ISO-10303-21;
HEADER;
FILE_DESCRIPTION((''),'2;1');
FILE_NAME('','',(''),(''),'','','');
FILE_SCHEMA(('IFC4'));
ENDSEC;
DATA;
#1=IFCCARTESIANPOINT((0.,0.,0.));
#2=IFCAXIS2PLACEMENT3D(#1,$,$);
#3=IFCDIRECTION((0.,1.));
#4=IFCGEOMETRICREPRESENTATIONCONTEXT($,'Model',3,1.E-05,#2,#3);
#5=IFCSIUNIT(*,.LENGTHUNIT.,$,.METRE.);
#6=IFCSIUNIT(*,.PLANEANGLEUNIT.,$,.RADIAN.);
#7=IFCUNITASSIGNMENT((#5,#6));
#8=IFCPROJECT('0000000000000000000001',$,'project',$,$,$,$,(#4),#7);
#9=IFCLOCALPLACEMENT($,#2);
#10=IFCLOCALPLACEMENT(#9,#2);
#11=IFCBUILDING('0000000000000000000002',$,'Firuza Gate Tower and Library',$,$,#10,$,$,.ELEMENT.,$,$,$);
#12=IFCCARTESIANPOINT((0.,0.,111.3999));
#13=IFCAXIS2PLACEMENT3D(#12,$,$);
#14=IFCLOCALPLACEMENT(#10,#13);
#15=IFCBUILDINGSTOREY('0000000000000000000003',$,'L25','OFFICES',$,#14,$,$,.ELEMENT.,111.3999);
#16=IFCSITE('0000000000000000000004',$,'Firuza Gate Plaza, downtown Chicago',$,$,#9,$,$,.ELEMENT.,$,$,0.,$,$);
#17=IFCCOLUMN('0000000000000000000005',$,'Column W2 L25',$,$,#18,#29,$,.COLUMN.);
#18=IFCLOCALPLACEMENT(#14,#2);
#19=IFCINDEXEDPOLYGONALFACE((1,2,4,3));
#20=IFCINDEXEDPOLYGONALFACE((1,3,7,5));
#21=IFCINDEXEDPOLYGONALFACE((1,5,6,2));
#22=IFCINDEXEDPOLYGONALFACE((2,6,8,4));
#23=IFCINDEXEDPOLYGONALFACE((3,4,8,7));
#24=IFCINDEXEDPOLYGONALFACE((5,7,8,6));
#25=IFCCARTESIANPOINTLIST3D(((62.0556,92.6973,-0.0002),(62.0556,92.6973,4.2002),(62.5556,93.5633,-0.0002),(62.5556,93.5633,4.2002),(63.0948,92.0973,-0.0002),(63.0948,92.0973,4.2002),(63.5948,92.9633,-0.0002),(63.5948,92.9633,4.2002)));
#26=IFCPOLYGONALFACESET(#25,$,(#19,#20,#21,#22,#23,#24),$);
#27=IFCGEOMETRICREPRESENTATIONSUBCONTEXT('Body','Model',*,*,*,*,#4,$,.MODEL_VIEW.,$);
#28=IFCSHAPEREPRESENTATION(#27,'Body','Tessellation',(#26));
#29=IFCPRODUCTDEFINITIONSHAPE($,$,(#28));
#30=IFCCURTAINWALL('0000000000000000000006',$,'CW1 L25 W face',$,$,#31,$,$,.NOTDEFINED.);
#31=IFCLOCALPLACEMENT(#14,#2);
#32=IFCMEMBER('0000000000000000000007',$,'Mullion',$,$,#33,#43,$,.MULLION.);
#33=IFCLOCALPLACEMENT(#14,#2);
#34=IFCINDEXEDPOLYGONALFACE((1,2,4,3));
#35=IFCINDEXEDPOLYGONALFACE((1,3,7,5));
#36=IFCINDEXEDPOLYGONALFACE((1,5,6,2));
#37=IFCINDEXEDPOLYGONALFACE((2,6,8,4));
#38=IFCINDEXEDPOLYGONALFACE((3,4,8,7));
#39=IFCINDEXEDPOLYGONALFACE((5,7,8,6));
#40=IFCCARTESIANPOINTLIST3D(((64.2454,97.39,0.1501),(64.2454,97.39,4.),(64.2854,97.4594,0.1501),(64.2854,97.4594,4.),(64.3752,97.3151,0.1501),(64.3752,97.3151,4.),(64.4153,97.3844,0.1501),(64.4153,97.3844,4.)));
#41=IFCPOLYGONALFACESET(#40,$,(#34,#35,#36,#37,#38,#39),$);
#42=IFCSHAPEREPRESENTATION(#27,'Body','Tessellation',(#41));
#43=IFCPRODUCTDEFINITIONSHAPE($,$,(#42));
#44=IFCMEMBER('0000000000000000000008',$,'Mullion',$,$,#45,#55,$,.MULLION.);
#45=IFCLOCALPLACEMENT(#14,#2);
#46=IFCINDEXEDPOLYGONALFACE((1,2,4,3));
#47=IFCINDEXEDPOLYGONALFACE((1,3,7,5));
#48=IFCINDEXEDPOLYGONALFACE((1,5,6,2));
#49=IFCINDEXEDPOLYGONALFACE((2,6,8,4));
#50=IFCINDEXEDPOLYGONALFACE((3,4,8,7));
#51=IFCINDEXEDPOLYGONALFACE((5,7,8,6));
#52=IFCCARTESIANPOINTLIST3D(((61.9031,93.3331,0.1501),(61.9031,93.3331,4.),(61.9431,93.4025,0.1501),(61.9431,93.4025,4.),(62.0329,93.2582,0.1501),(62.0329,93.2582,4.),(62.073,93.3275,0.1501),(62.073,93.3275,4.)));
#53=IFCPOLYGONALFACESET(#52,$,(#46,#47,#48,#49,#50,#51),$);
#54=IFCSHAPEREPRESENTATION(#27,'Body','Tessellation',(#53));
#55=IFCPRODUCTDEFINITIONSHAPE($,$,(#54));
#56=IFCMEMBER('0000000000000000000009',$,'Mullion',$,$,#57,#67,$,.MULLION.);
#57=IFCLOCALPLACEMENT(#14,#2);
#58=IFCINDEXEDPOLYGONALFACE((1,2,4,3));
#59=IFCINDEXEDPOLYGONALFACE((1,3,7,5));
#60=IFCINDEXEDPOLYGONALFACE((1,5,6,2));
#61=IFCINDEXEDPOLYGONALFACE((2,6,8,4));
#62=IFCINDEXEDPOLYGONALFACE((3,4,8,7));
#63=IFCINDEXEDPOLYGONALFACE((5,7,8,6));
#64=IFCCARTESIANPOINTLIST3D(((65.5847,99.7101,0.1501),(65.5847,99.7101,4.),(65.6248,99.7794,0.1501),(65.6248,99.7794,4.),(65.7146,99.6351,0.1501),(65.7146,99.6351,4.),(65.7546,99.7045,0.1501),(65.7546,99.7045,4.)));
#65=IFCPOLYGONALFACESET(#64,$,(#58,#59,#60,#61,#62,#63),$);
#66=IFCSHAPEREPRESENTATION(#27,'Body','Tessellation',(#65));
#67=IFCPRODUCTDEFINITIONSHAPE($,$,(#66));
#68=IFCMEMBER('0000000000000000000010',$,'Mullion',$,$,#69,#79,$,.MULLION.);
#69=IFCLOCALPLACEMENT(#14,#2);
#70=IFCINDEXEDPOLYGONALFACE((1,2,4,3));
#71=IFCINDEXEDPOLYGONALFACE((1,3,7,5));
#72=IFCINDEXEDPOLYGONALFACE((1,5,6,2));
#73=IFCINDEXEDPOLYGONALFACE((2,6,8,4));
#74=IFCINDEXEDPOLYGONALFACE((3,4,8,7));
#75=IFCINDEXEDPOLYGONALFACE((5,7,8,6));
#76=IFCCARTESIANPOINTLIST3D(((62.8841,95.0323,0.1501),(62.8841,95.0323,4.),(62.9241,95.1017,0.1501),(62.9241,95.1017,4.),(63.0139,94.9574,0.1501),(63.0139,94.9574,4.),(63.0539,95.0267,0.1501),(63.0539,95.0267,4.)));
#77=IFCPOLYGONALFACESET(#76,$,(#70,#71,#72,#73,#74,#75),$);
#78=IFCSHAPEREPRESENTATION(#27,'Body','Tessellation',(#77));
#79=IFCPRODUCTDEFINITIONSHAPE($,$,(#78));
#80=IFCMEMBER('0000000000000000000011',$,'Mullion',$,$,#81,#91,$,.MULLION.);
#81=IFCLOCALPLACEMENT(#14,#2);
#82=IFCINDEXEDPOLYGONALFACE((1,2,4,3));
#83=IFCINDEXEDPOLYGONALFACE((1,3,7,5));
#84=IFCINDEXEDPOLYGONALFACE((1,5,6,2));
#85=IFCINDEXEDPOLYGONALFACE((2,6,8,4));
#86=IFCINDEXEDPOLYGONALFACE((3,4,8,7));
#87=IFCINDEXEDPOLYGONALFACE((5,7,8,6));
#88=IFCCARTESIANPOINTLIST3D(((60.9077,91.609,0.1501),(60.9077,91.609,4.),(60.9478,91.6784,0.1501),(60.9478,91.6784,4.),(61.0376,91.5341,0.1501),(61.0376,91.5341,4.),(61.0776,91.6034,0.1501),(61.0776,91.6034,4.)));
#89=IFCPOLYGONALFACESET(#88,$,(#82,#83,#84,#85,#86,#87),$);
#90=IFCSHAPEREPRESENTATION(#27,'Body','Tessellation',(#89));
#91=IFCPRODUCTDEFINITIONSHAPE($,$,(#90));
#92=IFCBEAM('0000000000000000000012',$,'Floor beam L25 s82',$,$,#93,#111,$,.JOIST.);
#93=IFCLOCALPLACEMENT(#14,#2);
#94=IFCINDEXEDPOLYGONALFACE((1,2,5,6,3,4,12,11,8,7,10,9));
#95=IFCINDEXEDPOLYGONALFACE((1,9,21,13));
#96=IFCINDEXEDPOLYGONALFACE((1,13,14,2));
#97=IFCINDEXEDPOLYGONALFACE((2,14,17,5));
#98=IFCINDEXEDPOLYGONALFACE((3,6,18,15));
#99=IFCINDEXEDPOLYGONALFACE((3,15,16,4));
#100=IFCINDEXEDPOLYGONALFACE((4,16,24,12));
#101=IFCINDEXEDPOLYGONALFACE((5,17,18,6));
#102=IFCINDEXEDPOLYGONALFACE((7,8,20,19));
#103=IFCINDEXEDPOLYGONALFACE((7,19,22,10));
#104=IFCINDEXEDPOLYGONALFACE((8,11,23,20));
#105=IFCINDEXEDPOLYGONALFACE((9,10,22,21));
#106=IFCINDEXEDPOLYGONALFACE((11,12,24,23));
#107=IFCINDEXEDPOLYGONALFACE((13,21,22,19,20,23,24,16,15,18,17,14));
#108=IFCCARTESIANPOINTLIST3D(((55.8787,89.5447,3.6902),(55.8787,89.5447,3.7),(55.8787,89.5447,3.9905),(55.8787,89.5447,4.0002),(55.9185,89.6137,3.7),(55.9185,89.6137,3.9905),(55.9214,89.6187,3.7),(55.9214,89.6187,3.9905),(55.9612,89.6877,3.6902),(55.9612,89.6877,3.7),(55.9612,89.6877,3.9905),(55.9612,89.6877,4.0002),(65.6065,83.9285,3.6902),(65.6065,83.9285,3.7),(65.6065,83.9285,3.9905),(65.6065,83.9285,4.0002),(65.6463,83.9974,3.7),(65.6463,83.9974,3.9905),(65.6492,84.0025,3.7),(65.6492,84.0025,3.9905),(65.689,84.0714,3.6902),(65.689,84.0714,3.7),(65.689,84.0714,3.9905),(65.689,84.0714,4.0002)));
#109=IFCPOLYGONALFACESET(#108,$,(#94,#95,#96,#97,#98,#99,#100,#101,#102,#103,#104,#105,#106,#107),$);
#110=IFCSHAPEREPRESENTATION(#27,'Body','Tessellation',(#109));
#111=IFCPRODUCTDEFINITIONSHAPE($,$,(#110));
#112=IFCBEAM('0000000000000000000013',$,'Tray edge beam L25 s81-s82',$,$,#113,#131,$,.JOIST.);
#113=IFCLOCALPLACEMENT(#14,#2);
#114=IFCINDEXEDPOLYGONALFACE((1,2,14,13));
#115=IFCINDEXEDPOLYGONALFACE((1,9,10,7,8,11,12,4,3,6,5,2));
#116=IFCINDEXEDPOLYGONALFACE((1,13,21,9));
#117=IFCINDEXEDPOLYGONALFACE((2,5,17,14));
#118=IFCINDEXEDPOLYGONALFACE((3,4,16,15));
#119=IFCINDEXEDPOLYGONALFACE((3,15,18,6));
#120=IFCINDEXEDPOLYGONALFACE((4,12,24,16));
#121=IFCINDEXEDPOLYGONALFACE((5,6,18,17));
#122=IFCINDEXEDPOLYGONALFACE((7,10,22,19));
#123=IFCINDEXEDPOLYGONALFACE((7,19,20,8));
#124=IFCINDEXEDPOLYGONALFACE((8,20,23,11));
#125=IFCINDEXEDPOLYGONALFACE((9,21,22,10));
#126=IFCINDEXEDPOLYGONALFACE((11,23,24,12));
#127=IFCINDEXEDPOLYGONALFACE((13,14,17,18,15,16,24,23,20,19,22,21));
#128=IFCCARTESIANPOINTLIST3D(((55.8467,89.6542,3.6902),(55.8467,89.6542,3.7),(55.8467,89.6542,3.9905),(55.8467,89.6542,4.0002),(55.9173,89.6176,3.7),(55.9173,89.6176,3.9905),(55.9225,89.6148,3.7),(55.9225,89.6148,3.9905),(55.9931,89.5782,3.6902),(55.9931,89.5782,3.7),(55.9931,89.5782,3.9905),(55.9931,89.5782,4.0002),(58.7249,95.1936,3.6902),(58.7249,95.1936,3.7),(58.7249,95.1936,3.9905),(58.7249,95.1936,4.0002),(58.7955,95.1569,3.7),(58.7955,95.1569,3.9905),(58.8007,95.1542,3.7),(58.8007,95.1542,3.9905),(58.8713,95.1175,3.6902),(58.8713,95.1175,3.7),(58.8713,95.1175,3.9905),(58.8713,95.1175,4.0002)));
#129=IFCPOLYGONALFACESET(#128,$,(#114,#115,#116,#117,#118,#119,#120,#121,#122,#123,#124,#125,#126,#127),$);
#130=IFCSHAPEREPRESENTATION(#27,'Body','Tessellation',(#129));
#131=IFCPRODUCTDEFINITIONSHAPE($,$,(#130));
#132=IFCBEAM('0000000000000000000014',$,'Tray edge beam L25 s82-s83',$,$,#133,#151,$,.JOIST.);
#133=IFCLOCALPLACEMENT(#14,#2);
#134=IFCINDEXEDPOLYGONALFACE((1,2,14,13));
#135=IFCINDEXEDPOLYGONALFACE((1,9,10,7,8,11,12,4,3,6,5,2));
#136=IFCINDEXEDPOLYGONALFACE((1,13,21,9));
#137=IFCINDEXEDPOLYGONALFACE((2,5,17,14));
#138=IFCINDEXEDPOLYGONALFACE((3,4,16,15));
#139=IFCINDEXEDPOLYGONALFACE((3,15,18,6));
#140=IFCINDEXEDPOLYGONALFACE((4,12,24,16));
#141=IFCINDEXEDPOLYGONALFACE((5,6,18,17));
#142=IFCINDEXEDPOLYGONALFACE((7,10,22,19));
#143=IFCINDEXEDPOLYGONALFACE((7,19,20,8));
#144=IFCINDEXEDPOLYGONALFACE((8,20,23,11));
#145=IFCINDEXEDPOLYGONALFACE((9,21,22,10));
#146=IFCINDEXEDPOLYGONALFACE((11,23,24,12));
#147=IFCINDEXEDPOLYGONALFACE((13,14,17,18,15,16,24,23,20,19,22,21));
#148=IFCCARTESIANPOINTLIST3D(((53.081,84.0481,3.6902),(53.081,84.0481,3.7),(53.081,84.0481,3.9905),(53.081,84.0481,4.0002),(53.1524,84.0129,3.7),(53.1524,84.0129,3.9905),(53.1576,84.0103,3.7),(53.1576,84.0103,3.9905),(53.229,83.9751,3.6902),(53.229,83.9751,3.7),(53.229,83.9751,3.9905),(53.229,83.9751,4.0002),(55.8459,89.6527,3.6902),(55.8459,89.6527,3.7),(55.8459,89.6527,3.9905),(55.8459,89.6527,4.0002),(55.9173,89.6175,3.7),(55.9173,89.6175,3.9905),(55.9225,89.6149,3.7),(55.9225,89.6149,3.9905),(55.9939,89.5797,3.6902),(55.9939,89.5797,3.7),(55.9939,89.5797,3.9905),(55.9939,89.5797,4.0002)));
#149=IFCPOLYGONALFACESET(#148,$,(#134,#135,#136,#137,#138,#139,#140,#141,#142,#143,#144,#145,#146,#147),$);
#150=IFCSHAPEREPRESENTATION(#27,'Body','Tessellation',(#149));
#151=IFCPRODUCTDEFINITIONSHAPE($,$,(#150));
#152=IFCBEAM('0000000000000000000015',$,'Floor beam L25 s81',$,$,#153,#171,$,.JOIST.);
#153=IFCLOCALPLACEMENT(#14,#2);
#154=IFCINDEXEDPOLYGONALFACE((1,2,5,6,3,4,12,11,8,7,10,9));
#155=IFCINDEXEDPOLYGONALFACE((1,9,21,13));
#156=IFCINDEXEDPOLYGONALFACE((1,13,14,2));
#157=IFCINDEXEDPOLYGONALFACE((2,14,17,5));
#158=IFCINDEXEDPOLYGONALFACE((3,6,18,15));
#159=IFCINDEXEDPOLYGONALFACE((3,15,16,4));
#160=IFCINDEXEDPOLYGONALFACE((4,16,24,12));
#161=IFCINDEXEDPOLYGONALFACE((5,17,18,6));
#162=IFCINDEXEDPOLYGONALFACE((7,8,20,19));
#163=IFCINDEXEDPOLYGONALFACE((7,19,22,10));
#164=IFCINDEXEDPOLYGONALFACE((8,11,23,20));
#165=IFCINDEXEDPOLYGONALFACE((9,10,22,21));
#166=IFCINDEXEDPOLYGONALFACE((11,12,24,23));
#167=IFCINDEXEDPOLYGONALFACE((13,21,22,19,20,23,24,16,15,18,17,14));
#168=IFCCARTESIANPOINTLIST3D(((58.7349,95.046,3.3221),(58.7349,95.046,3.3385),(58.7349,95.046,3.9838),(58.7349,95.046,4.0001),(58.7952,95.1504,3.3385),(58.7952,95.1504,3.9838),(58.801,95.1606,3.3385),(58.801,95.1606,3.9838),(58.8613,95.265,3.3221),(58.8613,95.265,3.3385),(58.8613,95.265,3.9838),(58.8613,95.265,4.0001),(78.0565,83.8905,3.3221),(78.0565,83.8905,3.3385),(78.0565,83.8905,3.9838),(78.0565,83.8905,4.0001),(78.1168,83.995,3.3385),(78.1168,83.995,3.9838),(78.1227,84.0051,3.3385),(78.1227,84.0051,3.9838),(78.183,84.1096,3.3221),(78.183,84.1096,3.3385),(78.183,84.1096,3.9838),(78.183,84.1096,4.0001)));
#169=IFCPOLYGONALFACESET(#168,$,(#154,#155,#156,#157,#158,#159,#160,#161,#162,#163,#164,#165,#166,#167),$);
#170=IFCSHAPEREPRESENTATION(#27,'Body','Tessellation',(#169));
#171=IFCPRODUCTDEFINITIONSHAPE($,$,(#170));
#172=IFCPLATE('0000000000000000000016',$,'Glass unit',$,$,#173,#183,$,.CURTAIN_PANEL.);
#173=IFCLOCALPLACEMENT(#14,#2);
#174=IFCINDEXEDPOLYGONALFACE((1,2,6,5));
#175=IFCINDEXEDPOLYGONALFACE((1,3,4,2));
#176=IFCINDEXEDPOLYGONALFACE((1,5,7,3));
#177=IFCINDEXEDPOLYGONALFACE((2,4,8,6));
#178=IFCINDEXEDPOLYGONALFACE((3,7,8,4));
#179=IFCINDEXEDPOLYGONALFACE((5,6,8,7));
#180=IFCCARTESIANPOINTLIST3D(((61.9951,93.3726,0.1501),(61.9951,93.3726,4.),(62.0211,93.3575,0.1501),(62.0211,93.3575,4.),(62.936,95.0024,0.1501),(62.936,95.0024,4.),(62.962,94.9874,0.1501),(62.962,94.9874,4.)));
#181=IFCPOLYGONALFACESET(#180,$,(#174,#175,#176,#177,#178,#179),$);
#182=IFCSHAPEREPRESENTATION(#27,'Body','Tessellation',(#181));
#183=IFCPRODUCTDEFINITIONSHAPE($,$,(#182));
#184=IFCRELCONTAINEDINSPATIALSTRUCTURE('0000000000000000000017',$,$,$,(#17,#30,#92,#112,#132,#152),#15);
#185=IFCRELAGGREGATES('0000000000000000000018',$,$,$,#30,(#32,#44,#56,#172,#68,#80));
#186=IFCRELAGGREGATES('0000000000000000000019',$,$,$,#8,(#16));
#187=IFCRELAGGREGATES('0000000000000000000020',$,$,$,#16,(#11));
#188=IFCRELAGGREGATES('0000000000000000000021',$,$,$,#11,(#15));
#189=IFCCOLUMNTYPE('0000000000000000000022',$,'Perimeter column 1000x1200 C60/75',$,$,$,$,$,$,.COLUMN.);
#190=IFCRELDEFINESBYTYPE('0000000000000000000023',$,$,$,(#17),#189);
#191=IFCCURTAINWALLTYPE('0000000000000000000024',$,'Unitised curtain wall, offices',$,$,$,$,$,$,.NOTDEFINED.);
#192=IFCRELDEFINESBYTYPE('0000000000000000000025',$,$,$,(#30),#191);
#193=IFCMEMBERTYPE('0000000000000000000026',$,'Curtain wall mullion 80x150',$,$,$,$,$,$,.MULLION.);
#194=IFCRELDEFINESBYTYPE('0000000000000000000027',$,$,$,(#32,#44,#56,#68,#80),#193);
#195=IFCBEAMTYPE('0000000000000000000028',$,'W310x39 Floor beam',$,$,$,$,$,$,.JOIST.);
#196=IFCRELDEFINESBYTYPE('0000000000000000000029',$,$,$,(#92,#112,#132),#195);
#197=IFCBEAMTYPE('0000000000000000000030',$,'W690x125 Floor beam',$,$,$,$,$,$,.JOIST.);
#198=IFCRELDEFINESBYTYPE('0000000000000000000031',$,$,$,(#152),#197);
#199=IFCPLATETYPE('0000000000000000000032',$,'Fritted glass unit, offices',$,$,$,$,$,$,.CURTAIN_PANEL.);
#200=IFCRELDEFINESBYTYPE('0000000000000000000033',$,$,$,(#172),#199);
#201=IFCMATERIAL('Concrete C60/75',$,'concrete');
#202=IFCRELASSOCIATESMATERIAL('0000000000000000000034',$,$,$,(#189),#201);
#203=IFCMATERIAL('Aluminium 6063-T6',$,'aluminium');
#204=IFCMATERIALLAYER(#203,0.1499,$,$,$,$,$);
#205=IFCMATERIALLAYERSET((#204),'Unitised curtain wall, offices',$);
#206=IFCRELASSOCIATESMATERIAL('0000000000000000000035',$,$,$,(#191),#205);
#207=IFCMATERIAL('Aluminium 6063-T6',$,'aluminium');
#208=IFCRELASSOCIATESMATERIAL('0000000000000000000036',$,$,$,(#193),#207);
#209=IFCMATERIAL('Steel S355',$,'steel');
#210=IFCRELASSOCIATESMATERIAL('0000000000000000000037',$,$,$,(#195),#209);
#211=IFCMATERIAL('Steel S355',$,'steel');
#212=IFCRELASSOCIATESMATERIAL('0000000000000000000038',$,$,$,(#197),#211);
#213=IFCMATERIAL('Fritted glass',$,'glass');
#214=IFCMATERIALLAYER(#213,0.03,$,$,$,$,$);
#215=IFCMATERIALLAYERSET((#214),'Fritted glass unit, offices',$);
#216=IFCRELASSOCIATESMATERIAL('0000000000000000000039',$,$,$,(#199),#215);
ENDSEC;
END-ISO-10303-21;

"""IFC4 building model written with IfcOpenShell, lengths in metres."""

from ifc_helpers import new_model, si_unit, direction, frame, origin, origin_2d, place, context, subcontext, project, spatial, polyline, rectangle, i_section, outline, extrude, material, layer, layer_set, material_profile, profile_set, type_object, element, aggregate, save


model = new_model("IFC4")

# Units and contexts
model_context = context("Model", 3, precision=1e-05, world=origin(), true_north=direction((0.0, 1.0)))
body_context = subcontext(model_context, "Body", "Model", "MODEL_VIEW")
ifc_project = project(units=[si_unit("LENGTHUNIT", "METRE"), si_unit("PLANEANGLEUNIT", "RADIAN")], contexts=[model_context])

# Site, building, storey
site_placement = place(None, origin())
site = spatial("IfcSite", under=ifc_project, at=site_placement, Name="Firuza Gate Plaza, downtown Chicago", CompositionType="ELEMENT", RefElevation=0.0)
building_placement = place(site_placement, origin())
building = spatial("IfcBuilding", under=site, at=building_placement, Name="Firuza Gate Tower and Library", CompositionType="ELEMENT")
storey_placement = place(building_placement, frame((0.0, 0.0, 111.3999)))
storey = spatial("IfcBuildingStorey", under=building, at=storey_placement, Name="L25", Description="OFFICES", CompositionType="ELEMENT", Elevation=111.3999)

# Column
ifc_material_1 = material(Name="Concrete C60/75", Category="concrete")
ifc_material_profile_1 = material_profile(ifc_material_1, rectangle(XDim=1.0, YDim=1.2, at=origin_2d()))
ifc_profile_set_1 = profile_set([ifc_material_profile_1], Name="Concrete C60/75")
column_type = type_object("IfcColumnType", Name="Perimeter column 1000x1200 C60/75", PredefinedType="COLUMN", material=ifc_profile_set_1)
column_placement = place(storey_placement, frame((62.8252, 92.8303, -0.0002), z_axis=(0.0, 0.0, 1.0), x_axis=(-0.5, -0.866025, 0.0)))
element("IfcColumn", 1, at=column_placement, inside=storey, type_object=column_type, Name="Column W2 L25", PredefinedType="COLUMN", context=body_context, shape_type="SweptSolid", body=[
    extrude(rectangle(XDim=1.0, YDim=1.2, at=origin_2d()), origin(), (0.0, 0.0, 1.0), 4.2004),
])

# Curtain wall, members
ifc_material_2 = material(Name="Aluminium 6063-T6", Category="aluminium")
ifc_layer_1 = layer(ifc_material_2, 0.1499)
ifc_layer_set_1 = layer_set([ifc_layer_1], Name="Unitised curtain wall, offices")
curtain_wall_type = type_object("IfcCurtainWallType", Name="Unitised curtain wall, offices", PredefinedType="NOTDEFINED", material=ifc_layer_set_1)
placement = place(storey_placement, origin())
curtain_wall = element("IfcCurtainWall", 2, at=placement, inside=storey, type_object=curtain_wall_type, Name="CW1 L25 W face", PredefinedType="NOTDEFINED")
ifc_material_3 = material(Name="Aluminium 6063-T6", Category="aluminium")
ifc_material_profile_2 = material_profile(ifc_material_3, rectangle(XDim=0.1499, YDim=0.0801, at=origin_2d()))
ifc_profile_set_2 = profile_set([ifc_material_profile_2], Name="Aluminium 6063-T6")
member_type = type_object("IfcMemberType", Name="Curtain wall mullion 80x150", PredefinedType="MULLION", material=ifc_profile_set_2)
member_1_placement = place(storey_placement, frame((64.3303, 97.3872, 0.1501), z_axis=(0.0, 0.0, 1.0), x_axis=(0.866025, -0.5, 0.0)))
member_1 = element("IfcMember", 3, at=member_1_placement, type_object=member_type, Name="Mullion", PredefinedType="MULLION", context=body_context, shape_type="SweptSolid", body=[
    extrude(rectangle(XDim=0.1499, YDim=0.0801, at=origin_2d()), origin(), (0.0, 0.0, 1.0), 3.8499),
])
member_2_placement = place(storey_placement, frame((61.988, 93.3303, 0.1501), z_axis=(0.0, 0.0, 1.0), x_axis=(0.866025, -0.5, 0.0)))
member_2 = element("IfcMember", 4, at=member_2_placement, type_object=member_type, Name="Mullion", PredefinedType="MULLION", context=body_context, shape_type="SweptSolid", body=[
    extrude(rectangle(XDim=0.1499, YDim=0.0801, at=origin_2d()), origin(), (0.0, 0.0, 1.0), 3.8499),
])
member_3_placement = place(storey_placement, frame((65.6697, 99.7073, 0.1501), z_axis=(0.0, 0.0, 1.0), x_axis=(0.866025, -0.5, 0.0)))
member_3 = element("IfcMember", 5, at=member_3_placement, type_object=member_type, Name="Mullion", PredefinedType="MULLION", context=body_context, shape_type="SweptSolid", body=[
    extrude(rectangle(XDim=0.1499, YDim=0.0801, at=origin_2d()), origin(), (0.0, 0.0, 1.0), 3.8499),
])
member_4_placement = place(storey_placement, frame((62.969, 95.0295, 0.1501), z_axis=(0.0, 0.0, 1.0), x_axis=(0.866025, -0.5, 0.0)))
member_4 = element("IfcMember", 6, at=member_4_placement, type_object=member_type, Name="Mullion", PredefinedType="MULLION", context=body_context, shape_type="SweptSolid", body=[
    extrude(rectangle(XDim=0.1499, YDim=0.0801, at=origin_2d()), origin(), (0.0, 0.0, 1.0), 3.8499),
])
member_5_placement = place(storey_placement, frame((60.9927, 91.6062, 0.1501), z_axis=(0.0, 0.0, 1.0), x_axis=(0.866025, -0.5, 0.0)))
member_5 = element("IfcMember", 7, at=member_5_placement, type_object=member_type, Name="Mullion", PredefinedType="MULLION", context=body_context, shape_type="SweptSolid", body=[
    extrude(rectangle(XDim=0.1499, YDim=0.0801, at=origin_2d()), origin(), (0.0, 0.0, 1.0), 3.8499),
])

# Beams
ifc_material_4 = material(Name="Steel S355", Category="steel")
ifc_material_profile_3 = material_profile(ifc_material_4, i_section(OverallWidth=0.165, OverallDepth=0.3101, WebThickness=0.0059, FlangeThickness=0.0098, at=origin_2d()))
ifc_profile_set_3 = profile_set([ifc_material_profile_3], Name="Steel S355")
beam_type_1 = type_object("IfcBeamType", Name="W310x39 Floor beam", PredefinedType="JOIST", material=ifc_profile_set_3)
beam_1_placement = place(storey_placement, frame((55.9199, 89.6162, 3.8452), z_axis=(0.86603, -0.499991, 0.0), x_axis=(0.499991, 0.86603, 0.0)))
element("IfcBeam", 8, at=beam_1_placement, inside=storey, type_object=beam_type_1, Name="Floor beam L25 s82", PredefinedType="JOIST", context=body_context, shape_type="SweptSolid", body=[
    extrude(i_section(OverallWidth=0.165, OverallDepth=0.3101, WebThickness=0.0059, FlangeThickness=0.0098, at=origin_2d()), origin(), (0.0, 0.0, 1.0), 11.2327),
])
beam_2_placement = place(storey_placement, frame((58.7981, 95.1555, 3.8452), z_axis=(-0.461067, -0.887365, 0.0), x_axis=(0.887365, -0.461067, 0.0)))
element("IfcBeam", 9, at=beam_2_placement, inside=storey, type_object=beam_type_1, Name="Tray edge beam L25 s81-s82", PredefinedType="JOIST", context=body_context, shape_type="SweptSolid", body=[
    extrude(i_section(OverallWidth=0.165, OverallDepth=0.3101, WebThickness=0.0059, FlangeThickness=0.0098, at=origin_2d()), origin(), (0.0, 0.0, 1.0), 6.2424),
])
beam_3_placement = place(storey_placement, frame((55.9199, 89.6162, 3.8452), z_axis=(-0.442425, -0.896805, 0.0), x_axis=(0.896805, -0.442425, 0.0)))
element("IfcBeam", 10, at=beam_3_placement, inside=storey, type_object=beam_type_1, Name="Tray edge beam L25 s82-s83", PredefinedType="JOIST", context=body_context, shape_type="SweptSolid", body=[
    extrude(i_section(OverallWidth=0.165, OverallDepth=0.3101, WebThickness=0.0059, FlangeThickness=0.0098, at=origin_2d()), origin(), (0.0, 0.0, 1.0), 6.2495),
])
ifc_material_5 = material(Name="Steel S355", Category="steel")
ifc_material_profile_4 = material_profile(ifc_material_5, i_section(OverallWidth=0.2529, OverallDepth=0.678, WebThickness=0.0117, FlangeThickness=0.0164, at=origin_2d()))
ifc_profile_set_4 = profile_set([ifc_material_profile_4], Name="Steel S355")
beam_type_2 = type_object("IfcBeamType", Name="W690x125 Floor beam", PredefinedType="JOIST", material=ifc_profile_set_4)
beam_4_placement = place(storey_placement, frame((58.7981, 95.1555, 3.6611), z_axis=(0.866024, -0.500003, 0.0), x_axis=(0.500003, 0.866024, 0.0)))
element("IfcBeam", 11, at=beam_4_placement, inside=storey, type_object=beam_type_2, Name="Floor beam L25 s81", PredefinedType="JOIST", context=body_context, shape_type="SweptSolid", body=[
    extrude(i_section(OverallWidth=0.2529, OverallDepth=0.678, WebThickness=0.0117, FlangeThickness=0.0164, at=origin_2d()), origin(), (0.0, 0.0, 1.0), 22.3108),
])

# Plate
ifc_material_6 = material(Name="Fritted glass", Category="glass")
ifc_layer_2 = layer(ifc_material_6, 0.03)
ifc_layer_set_2 = layer_set([ifc_layer_2], Name="Fritted glass unit, offices")
plate_type_1 = type_object("IfcPlateType", Name="Fritted glass unit, offices", PredefinedType="CURTAIN_PANEL", material=ifc_layer_set_2)
plate_1_placement = place(storey_placement, frame((62.936, 95.0024, 0.1501), z_axis=(-0.866047, 0.499962, 0.0), x_axis=(-0.499962, -0.866047, 0.0)))
plate_1 = element("IfcPlate", 12, at=plate_1_placement, type_object=plate_type_1, Name="Glass unit", PredefinedType="CURTAIN_PANEL", context=body_context, shape_type="SweptSolid", body=[
    extrude(outline(polyline([(0.0, 0.0), (1.882, 0.0), (1.882, 3.8499), (0.0, 3.8499), (0.0, 0.0)])), origin(), (0.0, 0.0, -1.0), 0.03),
])
aggregate(curtain_wall, [member_1, member_2, member_3, plate_1, member_4, member_5])

save(model, "model.ifc")
